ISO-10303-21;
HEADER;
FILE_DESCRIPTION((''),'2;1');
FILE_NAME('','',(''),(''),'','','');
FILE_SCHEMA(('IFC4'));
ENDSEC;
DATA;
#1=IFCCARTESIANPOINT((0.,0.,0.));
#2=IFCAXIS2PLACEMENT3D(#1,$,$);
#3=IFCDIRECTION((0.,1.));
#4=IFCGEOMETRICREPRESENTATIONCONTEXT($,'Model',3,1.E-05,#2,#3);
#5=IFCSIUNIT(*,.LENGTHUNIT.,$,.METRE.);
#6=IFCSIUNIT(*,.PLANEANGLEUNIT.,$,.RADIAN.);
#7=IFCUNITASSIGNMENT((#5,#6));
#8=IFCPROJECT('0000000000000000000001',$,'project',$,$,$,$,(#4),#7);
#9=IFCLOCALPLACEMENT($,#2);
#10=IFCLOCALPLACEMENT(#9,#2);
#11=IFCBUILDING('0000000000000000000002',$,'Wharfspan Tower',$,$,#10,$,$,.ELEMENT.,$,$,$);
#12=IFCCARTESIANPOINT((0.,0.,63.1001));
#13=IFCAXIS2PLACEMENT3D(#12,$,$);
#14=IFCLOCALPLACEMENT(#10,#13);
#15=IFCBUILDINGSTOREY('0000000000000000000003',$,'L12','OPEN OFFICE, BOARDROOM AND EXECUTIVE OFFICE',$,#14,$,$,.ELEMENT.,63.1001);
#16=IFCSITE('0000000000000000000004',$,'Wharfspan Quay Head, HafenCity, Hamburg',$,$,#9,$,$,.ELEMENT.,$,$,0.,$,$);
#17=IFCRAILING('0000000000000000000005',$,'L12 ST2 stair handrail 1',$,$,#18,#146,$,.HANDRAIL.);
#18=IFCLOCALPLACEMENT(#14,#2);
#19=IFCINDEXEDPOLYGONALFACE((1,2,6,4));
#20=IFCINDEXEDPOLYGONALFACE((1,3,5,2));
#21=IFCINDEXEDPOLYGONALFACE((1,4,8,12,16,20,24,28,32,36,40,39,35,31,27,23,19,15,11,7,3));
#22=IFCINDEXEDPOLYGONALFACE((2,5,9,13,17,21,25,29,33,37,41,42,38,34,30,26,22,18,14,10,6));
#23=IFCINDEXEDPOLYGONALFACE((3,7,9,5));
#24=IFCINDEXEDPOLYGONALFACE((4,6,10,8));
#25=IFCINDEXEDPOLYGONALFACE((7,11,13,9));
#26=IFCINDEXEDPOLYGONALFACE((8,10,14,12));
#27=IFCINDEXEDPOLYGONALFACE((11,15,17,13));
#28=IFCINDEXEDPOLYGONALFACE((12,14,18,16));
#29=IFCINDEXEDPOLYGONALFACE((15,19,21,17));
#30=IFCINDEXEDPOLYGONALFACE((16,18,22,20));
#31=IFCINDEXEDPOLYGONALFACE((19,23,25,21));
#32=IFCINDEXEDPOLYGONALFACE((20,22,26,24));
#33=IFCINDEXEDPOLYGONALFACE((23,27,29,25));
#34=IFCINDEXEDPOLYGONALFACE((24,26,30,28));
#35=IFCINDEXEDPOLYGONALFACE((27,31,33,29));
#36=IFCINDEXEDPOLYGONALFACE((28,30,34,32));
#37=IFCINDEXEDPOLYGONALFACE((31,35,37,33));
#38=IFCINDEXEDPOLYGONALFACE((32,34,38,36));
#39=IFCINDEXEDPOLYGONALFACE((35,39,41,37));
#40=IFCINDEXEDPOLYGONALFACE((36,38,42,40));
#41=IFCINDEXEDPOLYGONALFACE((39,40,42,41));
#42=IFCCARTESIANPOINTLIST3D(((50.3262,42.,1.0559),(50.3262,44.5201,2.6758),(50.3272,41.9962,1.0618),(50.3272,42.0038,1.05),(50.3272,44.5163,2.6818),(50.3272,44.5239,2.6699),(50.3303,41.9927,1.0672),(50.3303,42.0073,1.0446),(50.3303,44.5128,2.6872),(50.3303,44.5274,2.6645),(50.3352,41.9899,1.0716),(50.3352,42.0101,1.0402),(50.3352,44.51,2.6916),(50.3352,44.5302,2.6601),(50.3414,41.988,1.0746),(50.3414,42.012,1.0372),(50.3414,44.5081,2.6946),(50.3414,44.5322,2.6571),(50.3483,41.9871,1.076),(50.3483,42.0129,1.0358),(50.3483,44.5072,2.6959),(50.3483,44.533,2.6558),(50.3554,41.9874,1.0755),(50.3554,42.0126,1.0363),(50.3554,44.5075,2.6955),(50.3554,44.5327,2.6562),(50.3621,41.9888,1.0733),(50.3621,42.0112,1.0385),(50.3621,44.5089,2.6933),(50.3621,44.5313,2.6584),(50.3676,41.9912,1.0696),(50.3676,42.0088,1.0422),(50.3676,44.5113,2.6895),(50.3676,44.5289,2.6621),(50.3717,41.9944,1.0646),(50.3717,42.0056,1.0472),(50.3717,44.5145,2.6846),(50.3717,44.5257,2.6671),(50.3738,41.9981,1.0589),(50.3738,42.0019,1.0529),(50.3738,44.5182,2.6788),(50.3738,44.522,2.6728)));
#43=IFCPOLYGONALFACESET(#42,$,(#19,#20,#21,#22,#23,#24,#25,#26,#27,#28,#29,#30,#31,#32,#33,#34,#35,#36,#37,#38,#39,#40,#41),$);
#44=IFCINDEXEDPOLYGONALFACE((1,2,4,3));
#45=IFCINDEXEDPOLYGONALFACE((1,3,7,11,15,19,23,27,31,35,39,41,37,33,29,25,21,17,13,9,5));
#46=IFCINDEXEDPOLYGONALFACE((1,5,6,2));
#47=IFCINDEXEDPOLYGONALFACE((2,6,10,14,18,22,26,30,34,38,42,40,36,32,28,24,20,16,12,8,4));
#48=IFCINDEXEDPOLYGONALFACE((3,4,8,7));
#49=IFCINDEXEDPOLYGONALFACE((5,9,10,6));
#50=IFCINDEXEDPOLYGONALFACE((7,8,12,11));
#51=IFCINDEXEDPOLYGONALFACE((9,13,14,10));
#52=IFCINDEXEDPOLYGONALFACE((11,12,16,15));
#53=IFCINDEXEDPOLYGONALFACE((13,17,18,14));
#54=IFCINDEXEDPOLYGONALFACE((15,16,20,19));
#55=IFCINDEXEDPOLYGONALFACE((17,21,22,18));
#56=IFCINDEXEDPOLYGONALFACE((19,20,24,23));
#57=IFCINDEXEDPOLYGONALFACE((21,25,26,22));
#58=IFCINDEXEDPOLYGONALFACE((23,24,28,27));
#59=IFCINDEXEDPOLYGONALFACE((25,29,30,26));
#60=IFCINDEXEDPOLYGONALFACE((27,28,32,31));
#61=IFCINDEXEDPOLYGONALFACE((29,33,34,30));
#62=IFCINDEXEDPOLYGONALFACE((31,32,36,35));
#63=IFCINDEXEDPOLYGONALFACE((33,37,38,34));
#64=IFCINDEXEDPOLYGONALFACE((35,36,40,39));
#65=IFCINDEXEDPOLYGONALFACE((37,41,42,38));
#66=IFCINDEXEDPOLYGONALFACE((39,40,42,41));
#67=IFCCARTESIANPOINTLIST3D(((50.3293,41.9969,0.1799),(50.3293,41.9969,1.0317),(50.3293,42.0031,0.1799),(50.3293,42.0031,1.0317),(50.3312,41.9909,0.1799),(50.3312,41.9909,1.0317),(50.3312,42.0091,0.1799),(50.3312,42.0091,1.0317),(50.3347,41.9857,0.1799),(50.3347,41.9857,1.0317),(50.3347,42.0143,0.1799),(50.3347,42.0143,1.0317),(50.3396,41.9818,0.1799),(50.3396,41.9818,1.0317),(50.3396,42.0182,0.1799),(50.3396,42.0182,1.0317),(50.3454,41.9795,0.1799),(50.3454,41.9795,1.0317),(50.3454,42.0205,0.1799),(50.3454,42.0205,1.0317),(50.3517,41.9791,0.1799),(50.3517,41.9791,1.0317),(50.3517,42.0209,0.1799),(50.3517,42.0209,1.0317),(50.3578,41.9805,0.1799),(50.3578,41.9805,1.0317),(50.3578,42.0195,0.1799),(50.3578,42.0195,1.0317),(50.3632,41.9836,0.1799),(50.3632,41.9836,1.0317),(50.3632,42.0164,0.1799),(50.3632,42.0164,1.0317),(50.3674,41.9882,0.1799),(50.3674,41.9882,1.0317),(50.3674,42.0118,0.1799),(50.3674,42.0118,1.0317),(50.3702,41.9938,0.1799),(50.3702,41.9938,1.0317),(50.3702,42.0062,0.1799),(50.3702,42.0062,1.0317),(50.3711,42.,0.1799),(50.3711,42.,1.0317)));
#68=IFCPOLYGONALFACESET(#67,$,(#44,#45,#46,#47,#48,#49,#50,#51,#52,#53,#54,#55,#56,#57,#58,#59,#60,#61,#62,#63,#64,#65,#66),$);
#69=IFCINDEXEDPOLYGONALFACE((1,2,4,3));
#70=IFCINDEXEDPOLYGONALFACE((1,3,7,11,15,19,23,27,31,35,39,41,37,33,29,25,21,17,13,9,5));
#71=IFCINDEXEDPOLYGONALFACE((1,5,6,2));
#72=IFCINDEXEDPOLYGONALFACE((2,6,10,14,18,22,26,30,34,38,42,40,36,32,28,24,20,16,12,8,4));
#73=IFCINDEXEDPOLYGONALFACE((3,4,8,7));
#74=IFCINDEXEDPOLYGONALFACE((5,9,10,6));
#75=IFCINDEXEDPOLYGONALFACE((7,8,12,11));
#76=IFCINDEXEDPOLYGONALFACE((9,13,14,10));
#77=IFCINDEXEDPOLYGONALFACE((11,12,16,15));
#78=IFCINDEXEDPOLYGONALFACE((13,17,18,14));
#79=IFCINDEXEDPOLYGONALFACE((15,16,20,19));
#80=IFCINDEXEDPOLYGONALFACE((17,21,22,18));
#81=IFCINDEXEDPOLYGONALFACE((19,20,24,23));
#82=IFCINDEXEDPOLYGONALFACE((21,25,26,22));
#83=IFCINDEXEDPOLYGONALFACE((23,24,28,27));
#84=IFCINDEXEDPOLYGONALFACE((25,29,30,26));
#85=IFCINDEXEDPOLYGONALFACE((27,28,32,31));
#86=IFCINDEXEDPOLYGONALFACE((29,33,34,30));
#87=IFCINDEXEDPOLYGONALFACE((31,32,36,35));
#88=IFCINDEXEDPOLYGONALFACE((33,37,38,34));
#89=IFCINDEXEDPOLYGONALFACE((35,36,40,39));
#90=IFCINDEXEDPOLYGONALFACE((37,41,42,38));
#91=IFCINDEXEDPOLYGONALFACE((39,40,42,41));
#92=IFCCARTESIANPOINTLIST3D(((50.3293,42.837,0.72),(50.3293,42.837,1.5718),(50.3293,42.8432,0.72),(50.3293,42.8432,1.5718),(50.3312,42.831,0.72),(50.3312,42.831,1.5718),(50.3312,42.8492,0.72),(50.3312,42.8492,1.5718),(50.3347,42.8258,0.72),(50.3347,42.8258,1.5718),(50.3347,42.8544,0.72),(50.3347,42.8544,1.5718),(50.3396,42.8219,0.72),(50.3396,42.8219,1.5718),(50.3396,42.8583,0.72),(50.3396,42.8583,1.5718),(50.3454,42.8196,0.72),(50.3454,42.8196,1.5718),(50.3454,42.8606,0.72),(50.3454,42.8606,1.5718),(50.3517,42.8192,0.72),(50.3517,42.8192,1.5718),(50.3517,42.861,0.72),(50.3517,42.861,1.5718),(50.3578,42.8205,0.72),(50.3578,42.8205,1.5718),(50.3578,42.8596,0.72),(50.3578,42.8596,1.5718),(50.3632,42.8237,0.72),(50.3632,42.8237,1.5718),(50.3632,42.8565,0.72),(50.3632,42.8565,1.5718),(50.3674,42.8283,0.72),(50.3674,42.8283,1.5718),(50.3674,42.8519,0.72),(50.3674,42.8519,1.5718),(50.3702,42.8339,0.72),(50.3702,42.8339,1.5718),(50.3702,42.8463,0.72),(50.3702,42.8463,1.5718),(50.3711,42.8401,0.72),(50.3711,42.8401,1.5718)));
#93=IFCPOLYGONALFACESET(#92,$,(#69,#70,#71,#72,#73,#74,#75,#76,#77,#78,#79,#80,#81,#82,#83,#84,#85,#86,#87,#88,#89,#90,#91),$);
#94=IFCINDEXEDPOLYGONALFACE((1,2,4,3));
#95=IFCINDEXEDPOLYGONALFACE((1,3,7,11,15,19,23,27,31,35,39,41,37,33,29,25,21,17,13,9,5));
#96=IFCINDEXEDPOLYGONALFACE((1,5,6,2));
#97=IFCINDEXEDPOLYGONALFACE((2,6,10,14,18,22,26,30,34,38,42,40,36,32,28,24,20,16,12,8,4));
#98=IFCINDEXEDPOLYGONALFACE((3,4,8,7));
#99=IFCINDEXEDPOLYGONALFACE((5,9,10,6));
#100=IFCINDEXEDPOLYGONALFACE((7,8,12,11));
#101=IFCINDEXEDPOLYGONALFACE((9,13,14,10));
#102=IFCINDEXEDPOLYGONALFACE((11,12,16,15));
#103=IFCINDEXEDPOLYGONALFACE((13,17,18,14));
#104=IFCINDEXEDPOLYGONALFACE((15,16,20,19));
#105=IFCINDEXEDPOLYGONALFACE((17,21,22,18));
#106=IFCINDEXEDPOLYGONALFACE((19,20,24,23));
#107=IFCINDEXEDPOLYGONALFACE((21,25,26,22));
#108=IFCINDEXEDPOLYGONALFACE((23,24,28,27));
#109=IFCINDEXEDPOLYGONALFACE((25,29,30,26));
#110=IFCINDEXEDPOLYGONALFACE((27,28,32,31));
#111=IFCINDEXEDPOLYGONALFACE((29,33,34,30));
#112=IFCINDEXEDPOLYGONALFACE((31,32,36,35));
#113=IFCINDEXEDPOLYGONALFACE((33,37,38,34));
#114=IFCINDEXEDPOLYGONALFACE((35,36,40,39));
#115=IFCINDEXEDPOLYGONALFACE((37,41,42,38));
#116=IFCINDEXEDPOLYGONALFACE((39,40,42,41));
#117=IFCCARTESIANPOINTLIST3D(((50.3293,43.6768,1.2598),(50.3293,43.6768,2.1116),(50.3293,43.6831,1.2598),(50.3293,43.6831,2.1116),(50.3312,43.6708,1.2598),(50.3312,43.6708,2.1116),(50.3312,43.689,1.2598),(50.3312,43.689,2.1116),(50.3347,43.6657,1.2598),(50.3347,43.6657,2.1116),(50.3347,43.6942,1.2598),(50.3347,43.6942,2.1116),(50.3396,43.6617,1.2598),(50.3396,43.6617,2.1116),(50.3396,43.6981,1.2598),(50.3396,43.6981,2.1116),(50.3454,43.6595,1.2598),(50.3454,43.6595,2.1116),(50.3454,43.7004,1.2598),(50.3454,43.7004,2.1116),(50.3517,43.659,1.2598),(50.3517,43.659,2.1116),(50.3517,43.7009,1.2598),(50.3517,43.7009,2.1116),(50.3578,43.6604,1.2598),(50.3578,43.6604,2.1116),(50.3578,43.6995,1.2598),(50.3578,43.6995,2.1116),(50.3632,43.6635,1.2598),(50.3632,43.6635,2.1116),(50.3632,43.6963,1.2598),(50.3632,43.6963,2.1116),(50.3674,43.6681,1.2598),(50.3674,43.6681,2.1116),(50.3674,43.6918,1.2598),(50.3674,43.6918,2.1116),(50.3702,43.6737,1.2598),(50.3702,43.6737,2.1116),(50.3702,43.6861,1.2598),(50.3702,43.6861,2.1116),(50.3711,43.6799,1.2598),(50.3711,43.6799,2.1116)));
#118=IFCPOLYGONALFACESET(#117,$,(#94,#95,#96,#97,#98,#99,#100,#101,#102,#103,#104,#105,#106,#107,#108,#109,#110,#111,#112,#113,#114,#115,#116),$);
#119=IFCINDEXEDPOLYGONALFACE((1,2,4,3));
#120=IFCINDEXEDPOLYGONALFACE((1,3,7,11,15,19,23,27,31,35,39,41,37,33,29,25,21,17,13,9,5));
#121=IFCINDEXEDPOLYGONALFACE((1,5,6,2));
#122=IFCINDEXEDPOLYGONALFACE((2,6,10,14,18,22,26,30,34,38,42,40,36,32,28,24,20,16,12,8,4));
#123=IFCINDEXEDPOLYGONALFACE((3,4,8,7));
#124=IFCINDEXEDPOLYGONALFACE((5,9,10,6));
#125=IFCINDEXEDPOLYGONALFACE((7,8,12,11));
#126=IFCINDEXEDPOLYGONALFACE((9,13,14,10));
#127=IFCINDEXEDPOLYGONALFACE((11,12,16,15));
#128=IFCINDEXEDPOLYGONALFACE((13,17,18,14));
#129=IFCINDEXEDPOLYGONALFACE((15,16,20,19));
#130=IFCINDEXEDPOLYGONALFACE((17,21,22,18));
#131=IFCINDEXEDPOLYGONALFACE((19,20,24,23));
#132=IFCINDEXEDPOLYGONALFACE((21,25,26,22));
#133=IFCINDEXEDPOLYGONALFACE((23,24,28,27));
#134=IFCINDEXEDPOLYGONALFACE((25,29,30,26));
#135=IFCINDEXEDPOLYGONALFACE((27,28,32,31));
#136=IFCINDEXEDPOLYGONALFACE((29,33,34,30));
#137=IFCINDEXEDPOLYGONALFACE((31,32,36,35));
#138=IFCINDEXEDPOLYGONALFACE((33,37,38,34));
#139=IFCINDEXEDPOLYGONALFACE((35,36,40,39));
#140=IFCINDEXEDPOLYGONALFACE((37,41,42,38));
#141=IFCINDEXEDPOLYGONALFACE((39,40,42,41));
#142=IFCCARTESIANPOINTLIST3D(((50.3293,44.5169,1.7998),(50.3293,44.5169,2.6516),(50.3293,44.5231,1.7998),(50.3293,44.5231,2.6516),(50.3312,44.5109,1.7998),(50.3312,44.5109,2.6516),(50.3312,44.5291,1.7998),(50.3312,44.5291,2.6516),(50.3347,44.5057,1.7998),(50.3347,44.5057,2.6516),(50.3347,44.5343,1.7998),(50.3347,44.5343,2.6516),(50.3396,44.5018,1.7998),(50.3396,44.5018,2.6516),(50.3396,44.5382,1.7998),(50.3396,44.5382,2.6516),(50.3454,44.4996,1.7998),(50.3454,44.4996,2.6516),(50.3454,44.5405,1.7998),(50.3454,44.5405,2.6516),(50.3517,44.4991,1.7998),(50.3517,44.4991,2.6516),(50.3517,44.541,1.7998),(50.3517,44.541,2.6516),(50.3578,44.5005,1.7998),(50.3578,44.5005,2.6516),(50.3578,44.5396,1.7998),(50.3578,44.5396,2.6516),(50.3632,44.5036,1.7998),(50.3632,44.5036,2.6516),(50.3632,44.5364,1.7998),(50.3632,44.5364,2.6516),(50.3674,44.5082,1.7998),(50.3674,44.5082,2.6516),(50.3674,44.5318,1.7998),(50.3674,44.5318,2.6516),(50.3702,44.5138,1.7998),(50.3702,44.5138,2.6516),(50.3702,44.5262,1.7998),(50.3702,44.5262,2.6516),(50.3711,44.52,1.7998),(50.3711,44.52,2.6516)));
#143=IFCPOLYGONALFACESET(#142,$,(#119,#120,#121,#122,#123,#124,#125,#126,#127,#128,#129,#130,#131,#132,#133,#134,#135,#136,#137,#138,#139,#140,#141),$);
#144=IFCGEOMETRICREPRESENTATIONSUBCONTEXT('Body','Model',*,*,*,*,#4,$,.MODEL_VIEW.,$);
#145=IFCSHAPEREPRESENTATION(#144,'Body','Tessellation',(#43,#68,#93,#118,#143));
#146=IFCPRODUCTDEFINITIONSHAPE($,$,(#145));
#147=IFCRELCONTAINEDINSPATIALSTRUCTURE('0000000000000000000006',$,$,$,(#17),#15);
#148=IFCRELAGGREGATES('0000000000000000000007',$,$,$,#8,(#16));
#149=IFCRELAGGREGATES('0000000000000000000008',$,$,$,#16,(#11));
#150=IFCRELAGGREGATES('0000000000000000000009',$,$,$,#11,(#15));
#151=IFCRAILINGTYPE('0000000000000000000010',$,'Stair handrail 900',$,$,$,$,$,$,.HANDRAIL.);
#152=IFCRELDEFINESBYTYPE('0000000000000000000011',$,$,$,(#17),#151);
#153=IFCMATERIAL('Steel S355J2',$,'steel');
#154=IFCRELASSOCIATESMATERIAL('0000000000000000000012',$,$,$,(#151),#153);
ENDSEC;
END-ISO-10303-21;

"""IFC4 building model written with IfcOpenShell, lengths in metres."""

from ifc_helpers import new_model, si_unit, direction, frame, origin, origin_2d, place, context, subcontext, project, spatial, circle, extrude, material, type_object, element, save


model = new_model("IFC4")

# Units and contexts
model_context = context("Model", 3, precision=1e-05, world=origin(), true_north=direction((0.0, 1.0)))
body_context = subcontext(model_context, "Body", "Model", "MODEL_VIEW")
ifc_project = project(units=[si_unit("LENGTHUNIT", "METRE"), si_unit("PLANEANGLEUNIT", "RADIAN")], contexts=[model_context])

# Site, building, storey
site_placement = place(None, origin())
site = spatial("IfcSite", under=ifc_project, at=site_placement, Name="Wharfspan Quay Head, HafenCity, Hamburg", CompositionType="ELEMENT", RefElevation=0.0)
building_placement = place(site_placement, origin())
building = spatial("IfcBuilding", under=site, at=building_placement, Name="Wharfspan Tower", CompositionType="ELEMENT")
storey_placement = place(building_placement, frame((0.0, 0.0, 63.1001)))
storey = spatial("IfcBuildingStorey", under=building, at=storey_placement, Name="L12", Description="OPEN OFFICE, BOARDROOM AND EXECUTIVE OFFICE", CompositionType="ELEMENT", Elevation=63.1001)

# Shared definitions
ifc_material_1 = material(Name="Steel S355J2", Category="steel")

# Railing
railing_type_1 = type_object("IfcRailingType", Name="Stair handrail 900", PredefinedType="HANDRAIL", material=ifc_material_1)
railing_1_placement = place(storey_placement, frame((50.3501, 42.0, 0.1799)))
element("IfcRailing", 1, at=railing_1_placement, inside=storey, type_object=railing_type_1, Name="L12 ST2 stair handrail 1", PredefinedType="HANDRAIL", context=body_context, shape_type="SweptSolid", body=[
    extrude(circle(Radius=0.0239, at=origin_2d()), frame((0.0, 0.0, 0.876), z_axis=(0.0, 0.8412, 0.540725), x_axis=(-1.0, 0.0, 0.0)), (0.0, 0.0, 1.0), 2.9958),
    extrude(circle(Radius=0.021, at=origin_2d()), origin(), (0.0, 0.0, 1.0), 0.8518),
    extrude(circle(Radius=0.021, at=origin_2d()), frame((0.0, 0.8401, 0.54)), (0.0, 0.0, 1.0), 0.8518),
    extrude(circle(Radius=0.021, at=origin_2d()), frame((0.0, 1.6799, 1.0798)), (0.0, 0.0, 1.0), 0.8518),
    extrude(circle(Radius=0.021, at=origin_2d()), frame((0.0, 2.52, 1.6199)), (0.0, 0.0, 1.0), 0.8518),
])

save(model, "model.ifc")
